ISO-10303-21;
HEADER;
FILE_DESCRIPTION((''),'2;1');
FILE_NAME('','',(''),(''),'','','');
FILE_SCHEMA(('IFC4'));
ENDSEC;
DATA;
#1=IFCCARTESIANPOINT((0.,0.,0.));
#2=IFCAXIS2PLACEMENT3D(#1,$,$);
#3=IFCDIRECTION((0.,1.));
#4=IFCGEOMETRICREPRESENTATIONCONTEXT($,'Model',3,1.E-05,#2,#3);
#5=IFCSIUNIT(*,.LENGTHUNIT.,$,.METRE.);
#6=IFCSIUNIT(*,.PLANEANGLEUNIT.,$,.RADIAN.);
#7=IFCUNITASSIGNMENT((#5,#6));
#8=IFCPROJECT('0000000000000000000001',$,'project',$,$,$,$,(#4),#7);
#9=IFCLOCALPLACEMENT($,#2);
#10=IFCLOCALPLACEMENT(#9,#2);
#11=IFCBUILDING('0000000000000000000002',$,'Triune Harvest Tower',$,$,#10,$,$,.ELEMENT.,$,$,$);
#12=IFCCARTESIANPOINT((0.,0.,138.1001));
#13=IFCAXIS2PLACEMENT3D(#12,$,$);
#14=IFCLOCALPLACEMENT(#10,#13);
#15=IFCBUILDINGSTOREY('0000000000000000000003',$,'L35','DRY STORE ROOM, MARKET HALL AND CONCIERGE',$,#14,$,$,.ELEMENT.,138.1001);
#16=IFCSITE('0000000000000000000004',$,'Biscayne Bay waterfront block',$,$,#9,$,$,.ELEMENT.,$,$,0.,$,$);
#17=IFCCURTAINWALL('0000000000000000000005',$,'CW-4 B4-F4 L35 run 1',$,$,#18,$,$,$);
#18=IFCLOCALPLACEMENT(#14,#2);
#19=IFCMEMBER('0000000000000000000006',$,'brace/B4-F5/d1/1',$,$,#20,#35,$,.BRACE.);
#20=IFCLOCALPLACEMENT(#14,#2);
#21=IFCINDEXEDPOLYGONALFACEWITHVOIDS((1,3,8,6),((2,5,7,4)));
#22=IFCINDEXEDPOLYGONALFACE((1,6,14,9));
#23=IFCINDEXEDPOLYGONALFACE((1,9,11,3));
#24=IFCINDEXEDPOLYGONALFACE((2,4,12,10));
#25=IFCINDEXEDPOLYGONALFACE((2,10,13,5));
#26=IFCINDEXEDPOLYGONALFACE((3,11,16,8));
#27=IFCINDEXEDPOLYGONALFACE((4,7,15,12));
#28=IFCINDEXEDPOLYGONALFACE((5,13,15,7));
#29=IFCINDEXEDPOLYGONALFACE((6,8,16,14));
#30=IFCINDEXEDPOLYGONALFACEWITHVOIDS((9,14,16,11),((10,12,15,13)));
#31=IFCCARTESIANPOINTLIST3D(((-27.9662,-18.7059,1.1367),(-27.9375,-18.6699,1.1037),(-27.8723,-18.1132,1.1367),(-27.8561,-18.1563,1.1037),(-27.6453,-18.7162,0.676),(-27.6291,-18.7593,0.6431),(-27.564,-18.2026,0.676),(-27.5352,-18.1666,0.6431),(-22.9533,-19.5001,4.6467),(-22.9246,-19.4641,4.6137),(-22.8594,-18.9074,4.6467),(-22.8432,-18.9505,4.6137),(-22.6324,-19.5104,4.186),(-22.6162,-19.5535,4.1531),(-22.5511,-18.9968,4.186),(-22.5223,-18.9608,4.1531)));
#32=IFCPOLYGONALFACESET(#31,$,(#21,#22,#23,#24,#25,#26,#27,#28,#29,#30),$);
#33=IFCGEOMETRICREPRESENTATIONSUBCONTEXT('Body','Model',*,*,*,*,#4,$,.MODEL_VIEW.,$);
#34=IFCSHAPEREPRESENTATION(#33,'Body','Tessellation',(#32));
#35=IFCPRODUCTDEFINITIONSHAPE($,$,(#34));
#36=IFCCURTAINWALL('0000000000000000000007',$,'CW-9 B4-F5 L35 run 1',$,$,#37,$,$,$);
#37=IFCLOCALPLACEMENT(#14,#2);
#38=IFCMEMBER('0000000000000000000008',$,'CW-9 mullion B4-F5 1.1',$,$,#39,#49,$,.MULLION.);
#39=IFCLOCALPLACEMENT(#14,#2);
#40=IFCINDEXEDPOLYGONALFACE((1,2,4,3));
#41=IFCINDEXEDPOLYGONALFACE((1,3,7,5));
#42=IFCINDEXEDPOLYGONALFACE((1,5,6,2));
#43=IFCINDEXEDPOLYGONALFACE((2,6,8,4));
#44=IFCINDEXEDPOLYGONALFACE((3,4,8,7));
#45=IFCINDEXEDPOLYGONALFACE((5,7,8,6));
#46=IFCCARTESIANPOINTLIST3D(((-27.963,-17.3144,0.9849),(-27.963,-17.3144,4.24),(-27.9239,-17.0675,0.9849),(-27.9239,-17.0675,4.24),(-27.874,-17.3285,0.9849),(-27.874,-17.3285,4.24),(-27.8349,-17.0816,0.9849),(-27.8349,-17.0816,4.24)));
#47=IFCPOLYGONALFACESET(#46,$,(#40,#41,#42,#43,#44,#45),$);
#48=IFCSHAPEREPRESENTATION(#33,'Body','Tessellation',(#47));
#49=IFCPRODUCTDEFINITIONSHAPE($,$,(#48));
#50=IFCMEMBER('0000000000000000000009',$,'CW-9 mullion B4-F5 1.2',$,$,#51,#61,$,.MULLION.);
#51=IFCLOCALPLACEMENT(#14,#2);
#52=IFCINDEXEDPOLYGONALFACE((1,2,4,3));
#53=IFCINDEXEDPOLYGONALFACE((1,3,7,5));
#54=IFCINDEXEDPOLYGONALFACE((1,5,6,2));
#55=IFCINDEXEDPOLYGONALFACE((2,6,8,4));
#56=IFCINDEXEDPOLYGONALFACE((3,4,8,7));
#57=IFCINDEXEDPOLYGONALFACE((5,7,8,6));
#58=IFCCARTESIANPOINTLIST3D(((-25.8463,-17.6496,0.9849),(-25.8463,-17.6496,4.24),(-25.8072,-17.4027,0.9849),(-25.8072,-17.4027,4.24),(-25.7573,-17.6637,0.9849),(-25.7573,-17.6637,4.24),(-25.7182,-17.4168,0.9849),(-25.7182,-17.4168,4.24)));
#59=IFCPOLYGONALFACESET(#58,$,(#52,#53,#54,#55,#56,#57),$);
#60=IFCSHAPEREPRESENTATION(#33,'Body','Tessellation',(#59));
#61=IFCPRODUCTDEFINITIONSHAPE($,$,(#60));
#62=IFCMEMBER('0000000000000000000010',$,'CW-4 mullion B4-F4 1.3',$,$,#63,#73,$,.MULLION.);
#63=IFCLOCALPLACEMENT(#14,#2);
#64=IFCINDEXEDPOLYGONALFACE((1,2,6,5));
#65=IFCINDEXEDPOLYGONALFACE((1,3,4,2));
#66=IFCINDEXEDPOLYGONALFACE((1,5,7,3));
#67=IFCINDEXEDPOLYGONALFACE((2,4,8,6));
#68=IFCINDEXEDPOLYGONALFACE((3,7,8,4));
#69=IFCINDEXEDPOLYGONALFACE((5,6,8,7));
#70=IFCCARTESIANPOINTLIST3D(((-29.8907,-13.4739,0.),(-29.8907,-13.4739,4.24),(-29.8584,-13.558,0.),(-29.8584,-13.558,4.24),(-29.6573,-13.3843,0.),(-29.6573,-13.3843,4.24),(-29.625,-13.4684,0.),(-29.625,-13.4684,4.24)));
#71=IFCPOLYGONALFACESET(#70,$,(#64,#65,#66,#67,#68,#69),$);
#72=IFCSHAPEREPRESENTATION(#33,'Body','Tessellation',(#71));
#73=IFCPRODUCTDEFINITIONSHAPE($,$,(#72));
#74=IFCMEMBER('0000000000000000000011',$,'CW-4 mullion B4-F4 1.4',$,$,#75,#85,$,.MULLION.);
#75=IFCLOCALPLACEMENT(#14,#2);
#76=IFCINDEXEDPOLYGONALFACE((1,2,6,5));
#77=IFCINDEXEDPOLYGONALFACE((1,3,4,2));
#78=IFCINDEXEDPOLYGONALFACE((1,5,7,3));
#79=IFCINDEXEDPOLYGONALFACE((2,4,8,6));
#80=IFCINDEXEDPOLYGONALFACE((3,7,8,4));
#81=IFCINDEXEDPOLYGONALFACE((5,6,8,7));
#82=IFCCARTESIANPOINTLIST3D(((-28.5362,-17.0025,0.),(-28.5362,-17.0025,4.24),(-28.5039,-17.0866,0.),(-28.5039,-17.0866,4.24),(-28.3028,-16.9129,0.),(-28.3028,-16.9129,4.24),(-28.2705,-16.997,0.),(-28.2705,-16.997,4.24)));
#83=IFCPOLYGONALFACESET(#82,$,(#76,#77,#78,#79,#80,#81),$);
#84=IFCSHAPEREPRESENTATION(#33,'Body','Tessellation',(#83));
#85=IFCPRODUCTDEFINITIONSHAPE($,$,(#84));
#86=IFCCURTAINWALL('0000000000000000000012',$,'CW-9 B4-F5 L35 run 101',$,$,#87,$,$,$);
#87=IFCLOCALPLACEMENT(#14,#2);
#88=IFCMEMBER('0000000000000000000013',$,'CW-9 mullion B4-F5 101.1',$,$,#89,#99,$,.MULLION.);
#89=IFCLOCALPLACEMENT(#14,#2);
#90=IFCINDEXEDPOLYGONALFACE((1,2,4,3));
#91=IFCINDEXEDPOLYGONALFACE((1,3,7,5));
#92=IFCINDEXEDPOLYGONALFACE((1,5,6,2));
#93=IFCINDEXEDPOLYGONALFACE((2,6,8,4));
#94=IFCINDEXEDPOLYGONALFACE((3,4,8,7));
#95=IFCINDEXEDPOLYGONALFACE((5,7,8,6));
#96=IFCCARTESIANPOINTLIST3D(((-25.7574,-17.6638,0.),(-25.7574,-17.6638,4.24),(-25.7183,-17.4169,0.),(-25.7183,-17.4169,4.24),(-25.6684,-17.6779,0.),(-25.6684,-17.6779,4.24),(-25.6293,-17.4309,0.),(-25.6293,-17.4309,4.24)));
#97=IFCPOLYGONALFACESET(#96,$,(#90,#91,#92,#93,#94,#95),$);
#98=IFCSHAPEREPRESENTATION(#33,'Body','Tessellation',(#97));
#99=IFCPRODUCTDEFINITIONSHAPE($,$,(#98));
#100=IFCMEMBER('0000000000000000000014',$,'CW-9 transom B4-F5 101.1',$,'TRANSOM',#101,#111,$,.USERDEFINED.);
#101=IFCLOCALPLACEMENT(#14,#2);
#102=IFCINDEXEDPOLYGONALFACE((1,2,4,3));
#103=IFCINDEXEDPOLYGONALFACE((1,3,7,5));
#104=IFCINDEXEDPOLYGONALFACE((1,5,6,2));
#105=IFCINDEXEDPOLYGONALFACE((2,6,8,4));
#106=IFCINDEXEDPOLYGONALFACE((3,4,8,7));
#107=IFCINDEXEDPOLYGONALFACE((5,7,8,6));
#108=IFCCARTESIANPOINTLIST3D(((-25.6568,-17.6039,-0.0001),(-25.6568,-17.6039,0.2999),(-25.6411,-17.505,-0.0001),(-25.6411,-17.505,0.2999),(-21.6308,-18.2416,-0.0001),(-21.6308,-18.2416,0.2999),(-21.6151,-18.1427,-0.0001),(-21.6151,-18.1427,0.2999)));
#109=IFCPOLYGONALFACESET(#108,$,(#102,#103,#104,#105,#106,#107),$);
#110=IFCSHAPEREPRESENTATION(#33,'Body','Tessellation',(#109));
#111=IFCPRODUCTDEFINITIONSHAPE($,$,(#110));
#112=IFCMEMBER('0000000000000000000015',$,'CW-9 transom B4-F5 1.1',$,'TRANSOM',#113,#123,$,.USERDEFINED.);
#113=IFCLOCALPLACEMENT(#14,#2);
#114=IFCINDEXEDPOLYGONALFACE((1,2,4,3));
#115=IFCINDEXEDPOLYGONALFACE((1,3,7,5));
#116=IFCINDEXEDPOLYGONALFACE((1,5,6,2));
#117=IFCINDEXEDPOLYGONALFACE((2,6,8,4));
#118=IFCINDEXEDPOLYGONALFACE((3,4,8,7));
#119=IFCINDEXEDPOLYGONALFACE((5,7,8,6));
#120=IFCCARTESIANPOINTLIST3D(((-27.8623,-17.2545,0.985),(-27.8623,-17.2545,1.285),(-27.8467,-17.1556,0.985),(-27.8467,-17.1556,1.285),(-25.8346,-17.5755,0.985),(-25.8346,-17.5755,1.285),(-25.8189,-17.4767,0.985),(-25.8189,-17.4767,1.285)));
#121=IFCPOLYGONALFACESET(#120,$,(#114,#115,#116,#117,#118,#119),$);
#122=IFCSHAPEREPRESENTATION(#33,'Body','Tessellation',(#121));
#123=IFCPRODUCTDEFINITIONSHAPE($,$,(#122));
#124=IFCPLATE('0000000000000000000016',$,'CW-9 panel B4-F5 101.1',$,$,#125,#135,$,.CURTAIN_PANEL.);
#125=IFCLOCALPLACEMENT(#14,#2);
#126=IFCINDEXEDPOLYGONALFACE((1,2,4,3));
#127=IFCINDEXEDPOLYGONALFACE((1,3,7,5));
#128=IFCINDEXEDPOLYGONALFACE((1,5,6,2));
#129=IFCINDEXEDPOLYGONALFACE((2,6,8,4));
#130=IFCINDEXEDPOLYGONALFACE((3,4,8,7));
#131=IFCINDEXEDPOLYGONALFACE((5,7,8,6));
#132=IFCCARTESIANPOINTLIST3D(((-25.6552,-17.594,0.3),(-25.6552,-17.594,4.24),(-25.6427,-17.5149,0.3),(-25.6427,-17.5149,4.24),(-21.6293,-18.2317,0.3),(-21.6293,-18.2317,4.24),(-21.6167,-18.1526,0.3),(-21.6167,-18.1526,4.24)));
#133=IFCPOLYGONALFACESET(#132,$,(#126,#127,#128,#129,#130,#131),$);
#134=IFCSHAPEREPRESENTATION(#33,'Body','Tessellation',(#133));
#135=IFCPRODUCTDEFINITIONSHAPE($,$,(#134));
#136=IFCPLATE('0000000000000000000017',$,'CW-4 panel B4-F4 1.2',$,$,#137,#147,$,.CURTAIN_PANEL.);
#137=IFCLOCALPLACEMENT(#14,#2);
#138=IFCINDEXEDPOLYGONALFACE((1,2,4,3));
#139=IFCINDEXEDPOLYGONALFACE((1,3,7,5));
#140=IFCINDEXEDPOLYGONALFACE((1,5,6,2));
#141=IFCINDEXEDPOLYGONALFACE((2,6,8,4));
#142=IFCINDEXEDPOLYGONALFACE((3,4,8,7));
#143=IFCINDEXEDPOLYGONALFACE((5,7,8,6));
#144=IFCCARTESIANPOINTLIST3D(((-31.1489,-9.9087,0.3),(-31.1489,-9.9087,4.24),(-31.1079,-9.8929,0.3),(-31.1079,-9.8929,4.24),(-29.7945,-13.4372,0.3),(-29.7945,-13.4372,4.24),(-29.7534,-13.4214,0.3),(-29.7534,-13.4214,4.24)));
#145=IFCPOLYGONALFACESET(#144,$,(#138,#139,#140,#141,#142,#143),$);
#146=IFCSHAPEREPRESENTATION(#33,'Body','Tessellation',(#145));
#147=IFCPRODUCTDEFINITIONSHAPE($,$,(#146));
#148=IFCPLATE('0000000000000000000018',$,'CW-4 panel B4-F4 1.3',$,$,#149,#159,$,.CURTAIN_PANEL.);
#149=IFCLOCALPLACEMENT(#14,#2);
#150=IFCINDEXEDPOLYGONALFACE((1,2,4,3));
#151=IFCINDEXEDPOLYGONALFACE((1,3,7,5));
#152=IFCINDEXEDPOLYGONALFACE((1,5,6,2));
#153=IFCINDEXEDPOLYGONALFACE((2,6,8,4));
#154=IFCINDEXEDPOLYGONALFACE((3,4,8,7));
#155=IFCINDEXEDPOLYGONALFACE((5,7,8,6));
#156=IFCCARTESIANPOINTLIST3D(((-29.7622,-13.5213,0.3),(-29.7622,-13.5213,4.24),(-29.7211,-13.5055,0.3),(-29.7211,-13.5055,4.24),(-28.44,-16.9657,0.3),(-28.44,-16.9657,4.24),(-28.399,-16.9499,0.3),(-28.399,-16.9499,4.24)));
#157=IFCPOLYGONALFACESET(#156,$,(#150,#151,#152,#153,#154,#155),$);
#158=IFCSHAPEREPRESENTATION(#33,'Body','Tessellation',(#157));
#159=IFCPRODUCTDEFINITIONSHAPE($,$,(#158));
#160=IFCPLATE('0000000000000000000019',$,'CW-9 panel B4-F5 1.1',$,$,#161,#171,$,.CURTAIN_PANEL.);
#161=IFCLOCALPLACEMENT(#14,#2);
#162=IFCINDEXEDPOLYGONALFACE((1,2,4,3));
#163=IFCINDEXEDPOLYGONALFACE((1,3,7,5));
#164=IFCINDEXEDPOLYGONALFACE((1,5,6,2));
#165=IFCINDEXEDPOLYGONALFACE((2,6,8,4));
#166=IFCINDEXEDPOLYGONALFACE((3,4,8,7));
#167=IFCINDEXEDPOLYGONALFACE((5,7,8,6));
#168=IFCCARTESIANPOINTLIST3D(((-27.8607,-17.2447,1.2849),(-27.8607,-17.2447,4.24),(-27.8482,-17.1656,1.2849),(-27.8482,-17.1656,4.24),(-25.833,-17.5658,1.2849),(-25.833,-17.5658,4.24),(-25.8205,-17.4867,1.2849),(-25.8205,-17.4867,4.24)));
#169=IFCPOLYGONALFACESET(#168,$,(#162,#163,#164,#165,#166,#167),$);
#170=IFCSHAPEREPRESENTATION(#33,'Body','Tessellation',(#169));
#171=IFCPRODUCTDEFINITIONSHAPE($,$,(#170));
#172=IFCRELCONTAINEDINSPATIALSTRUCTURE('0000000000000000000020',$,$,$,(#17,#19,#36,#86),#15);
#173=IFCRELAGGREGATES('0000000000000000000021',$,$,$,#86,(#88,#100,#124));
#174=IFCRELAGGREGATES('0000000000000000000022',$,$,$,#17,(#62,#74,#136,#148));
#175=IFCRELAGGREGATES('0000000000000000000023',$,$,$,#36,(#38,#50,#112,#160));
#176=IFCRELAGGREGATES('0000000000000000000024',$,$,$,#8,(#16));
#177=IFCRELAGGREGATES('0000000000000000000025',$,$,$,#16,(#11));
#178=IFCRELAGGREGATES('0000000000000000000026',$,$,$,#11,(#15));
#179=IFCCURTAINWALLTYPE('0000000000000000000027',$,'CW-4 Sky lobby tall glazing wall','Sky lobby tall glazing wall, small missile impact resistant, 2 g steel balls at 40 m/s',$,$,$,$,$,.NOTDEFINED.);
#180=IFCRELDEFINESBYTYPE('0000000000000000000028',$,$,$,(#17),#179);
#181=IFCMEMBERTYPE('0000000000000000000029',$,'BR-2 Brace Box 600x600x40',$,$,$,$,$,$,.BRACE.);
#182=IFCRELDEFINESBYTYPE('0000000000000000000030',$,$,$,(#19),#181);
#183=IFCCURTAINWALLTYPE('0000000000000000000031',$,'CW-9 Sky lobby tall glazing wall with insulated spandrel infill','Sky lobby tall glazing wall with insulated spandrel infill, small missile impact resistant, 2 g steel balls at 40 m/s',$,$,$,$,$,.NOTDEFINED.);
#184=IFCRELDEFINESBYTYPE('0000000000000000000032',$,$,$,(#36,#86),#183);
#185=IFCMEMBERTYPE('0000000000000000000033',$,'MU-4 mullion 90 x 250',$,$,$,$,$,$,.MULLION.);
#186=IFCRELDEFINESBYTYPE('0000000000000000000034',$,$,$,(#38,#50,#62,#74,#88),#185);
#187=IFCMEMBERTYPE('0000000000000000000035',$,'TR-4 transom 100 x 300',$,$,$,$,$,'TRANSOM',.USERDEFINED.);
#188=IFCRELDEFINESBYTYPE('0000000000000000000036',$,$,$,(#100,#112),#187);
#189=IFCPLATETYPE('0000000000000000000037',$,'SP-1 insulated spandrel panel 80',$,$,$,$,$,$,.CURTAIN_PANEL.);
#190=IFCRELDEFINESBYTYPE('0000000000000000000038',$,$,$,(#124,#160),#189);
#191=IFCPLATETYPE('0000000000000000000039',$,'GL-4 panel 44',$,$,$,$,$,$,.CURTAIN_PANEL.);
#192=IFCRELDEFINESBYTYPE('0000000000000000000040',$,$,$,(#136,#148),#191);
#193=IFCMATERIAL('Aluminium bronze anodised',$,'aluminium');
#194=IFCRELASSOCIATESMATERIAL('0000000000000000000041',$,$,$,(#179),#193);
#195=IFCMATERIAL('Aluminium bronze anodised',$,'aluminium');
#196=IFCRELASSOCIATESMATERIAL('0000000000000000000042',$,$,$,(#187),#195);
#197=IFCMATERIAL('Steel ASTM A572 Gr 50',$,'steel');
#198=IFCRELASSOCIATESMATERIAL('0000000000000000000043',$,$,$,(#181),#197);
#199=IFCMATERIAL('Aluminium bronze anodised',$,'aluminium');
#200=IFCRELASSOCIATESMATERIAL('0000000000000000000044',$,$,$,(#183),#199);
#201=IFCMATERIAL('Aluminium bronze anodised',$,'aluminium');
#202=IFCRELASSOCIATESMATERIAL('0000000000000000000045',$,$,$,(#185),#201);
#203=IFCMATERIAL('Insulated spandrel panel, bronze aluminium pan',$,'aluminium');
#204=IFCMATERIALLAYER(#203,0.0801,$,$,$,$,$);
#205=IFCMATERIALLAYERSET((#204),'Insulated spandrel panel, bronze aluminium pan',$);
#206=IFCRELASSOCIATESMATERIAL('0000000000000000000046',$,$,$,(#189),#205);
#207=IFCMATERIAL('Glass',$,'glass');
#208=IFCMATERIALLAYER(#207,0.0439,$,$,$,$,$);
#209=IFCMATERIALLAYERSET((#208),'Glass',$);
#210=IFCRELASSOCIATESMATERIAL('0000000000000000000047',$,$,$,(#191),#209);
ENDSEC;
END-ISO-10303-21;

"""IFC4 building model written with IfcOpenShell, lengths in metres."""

from ifc_helpers import new_model, si_unit, direction, frame, origin, origin_2d, place, context, subcontext, project, spatial, rectangle, hollow_rectangle, extrude, source, transform, mapped, material, layer, layer_set, material_profile, profile_set, type_object, element, aggregate, save


model = new_model("IFC4")

# Units and contexts
model_context = context("Model", 3, precision=1e-05, world=origin(), true_north=direction((0.0, 1.0)))
body_context = subcontext(model_context, "Body", "Model", "MODEL_VIEW")
ifc_project = project(units=[si_unit("LENGTHUNIT", "METRE"), si_unit("PLANEANGLEUNIT", "RADIAN")], contexts=[model_context])

# Site, building, storey
site_placement = place(None, origin())
site = spatial("IfcSite", under=ifc_project, at=site_placement, Name="Biscayne Bay waterfront block", CompositionType="ELEMENT", RefElevation=0.0)
building_placement = place(site_placement, origin())
building = spatial("IfcBuilding", under=site, at=building_placement, Name="Triune Harvest Tower", CompositionType="ELEMENT")
storey_placement = place(building_placement, frame((0.0, 0.0, 138.1001)))
storey = spatial("IfcBuildingStorey", under=building, at=storey_placement, Name="L35", Description="DRY STORE ROOM, MARKET HALL AND CONCIERGE", CompositionType="ELEMENT", Elevation=138.1001)

# Curtain wall
ifc_material_1 = material(Name="Aluminium bronze anodised", Category="aluminium")
curtain_wall_type_1 = type_object("IfcCurtainWallType", Name="CW-4 Sky lobby tall glazing wall", Description="Sky lobby tall glazing wall, small missile impact resistant, 2 g steel balls at 40 m/s", PredefinedType="NOTDEFINED", material=ifc_material_1)
curtain_wall_1_placement = place(storey_placement, origin())
curtain_wall_1 = element("IfcCurtainWall", 1, at=curtain_wall_1_placement, inside=storey, type_object=curtain_wall_type_1, Name="CW-4 B4-F4 L35 run 1")
ifc_material_2 = material(Name="Aluminium bronze anodised", Category="aluminium")
ifc_material_profile_1 = material_profile(ifc_material_2, rectangle(XDim=0.1001, YDim=0.3, at=origin_2d()), Name="TR-4 transom 100 x 300")
ifc_profile_set_1 = profile_set([ifc_material_profile_1], Name="Aluminium bronze anodised")
member_type_1 = type_object("IfcMemberType", Name="TR-4 transom 100 x 300", ElementType="TRANSOM", PredefinedType="USERDEFINED", material=ifc_profile_set_1)

# Member
ifc_material_3 = material(Name="Steel ASTM A572 Gr 50", Category="steel")
ifc_material_profile_2 = material_profile(ifc_material_3, hollow_rectangle(XDim=0.6001, YDim=0.6001, WallThickness=0.04, at=origin_2d()), Name="Box 600x600x40")
ifc_profile_set_2 = profile_set([ifc_material_profile_2], Name="Steel ASTM A572 Gr 50")
member_type_2 = type_object("IfcMemberType", Name="BR-2 Brace Box 600x600x40", PredefinedType="BRACE", material=ifc_profile_set_2)
shared_shape_1 = source(origin(), body_context, "Body", "SweptSolid", [
    extrude(hollow_rectangle(XDim=0.6001, YDim=0.6001, WallThickness=0.04, at=origin_2d()), origin(), (0.0, 0.0, 1.0), 6.1709),
])
member_1_placement = place(storey_placement, frame((-27.7507, -18.4363, 0.8899), z_axis=(0.812347, -0.128698, 0.568797), x_axis=(0.156476, 0.987682, 0.0)))
element("IfcMember", 2, at=member_1_placement, inside=storey, type_object=member_type_2, Name="brace/B4-F5/d1/1", PredefinedType="BRACE", context=body_context, shape_type="MappedRepresentation", body=[
    mapped(shared_shape_1, transform((0.0, 0.0, 0.0), scale=1.0)),
])

# Curtain wall, members
ifc_material_4 = material(Name="Aluminium bronze anodised", Category="aluminium")
curtain_wall_type_2 = type_object("IfcCurtainWallType", Name="CW-9 Sky lobby tall glazing wall with insulated spandrel infill", Description="Sky lobby tall glazing wall with insulated spandrel infill, small missile impact resistant, 2 g steel balls at 40 m/s", PredefinedType="NOTDEFINED", material=ifc_material_4)
curtain_wall_2_placement = place(storey_placement, origin())
curtain_wall_2 = element("IfcCurtainWall", 3, at=curtain_wall_2_placement, inside=storey, type_object=curtain_wall_type_2, Name="CW-9 B4-F5 L35 run 1")
ifc_material_5 = material(Name="Aluminium bronze anodised", Category="aluminium")
ifc_material_profile_3 = material_profile(ifc_material_5, rectangle(XDim=0.25, YDim=0.0901, at=origin_2d()), Name="MU-4 mullion 90 x 250")
ifc_profile_set_3 = profile_set([ifc_material_profile_3], Name="Aluminium bronze anodised")
member_type_3 = type_object("IfcMemberType", Name="MU-4 mullion 90 x 250", PredefinedType="MULLION", material=ifc_profile_set_3)
shared_shape_2 = source(origin(), body_context, "Body", "SweptSolid", [
    extrude(rectangle(XDim=0.25, YDim=0.0901, at=origin_2d()), origin(), (0.0, 0.0, 1.0), 3.2551),
])
member_2_placement = place(storey_placement, frame((-27.8989, -17.198, 0.9849), z_axis=(0.0, 0.0, 1.0), x_axis=(0.156427, 0.98769, 0.0)))
member_2 = element("IfcMember", 4, at=member_2_placement, type_object=member_type_3, Name="CW-9 mullion B4-F5 1.1", PredefinedType="MULLION", context=body_context, shape_type="MappedRepresentation", body=[
    mapped(shared_shape_2, transform((0.0, 0.0, 0.0), scale=1.0)),
])
member_3_placement = place(storey_placement, frame((-25.7822, -17.5332, 0.9849), z_axis=(0.0, 0.0, 1.0), x_axis=(0.156427, 0.98769, 0.0)))
member_3 = element("IfcMember", 5, at=member_3_placement, type_object=member_type_3, Name="CW-9 mullion B4-F5 1.2", PredefinedType="MULLION", context=body_context, shape_type="MappedRepresentation", body=[
    mapped(shared_shape_2, transform((0.0, 0.0, 0.0), scale=1.0)),
])

# Members
shared_shape_3 = source(origin(), body_context, "Body", "SweptSolid", [
    extrude(rectangle(XDim=0.25, YDim=0.0901, at=origin_2d()), origin(), (0.0, 0.0, 1.0), 4.24),
])
member_4_placement = place(storey_placement, frame((-29.7578, -13.4712, 0.0), z_axis=(0.0, 0.0, 1.0), x_axis=(0.93358, 0.358369, 0.0)))
member_4 = element("IfcMember", 6, at=member_4_placement, type_object=member_type_3, Name="CW-4 mullion B4-F4 1.3", PredefinedType="MULLION", context=body_context, shape_type="MappedRepresentation", body=[
    mapped(shared_shape_3, transform((0.0, 0.0, 0.0), scale=1.0)),
])
member_5_placement = place(storey_placement, frame((-28.4033, -16.9998, 0.0), z_axis=(0.0, 0.0, 1.0), x_axis=(0.93358, 0.358369, 0.0)))
member_5 = element("IfcMember", 7, at=member_5_placement, type_object=member_type_3, Name="CW-4 mullion B4-F4 1.4", PredefinedType="MULLION", context=body_context, shape_type="MappedRepresentation", body=[
    mapped(shared_shape_3, transform((0.0, 0.0, 0.0), scale=1.0)),
])

# Curtain wall, members
curtain_wall_3_placement = place(storey_placement, origin())
curtain_wall_3 = element("IfcCurtainWall", 8, at=curtain_wall_3_placement, inside=storey, type_object=curtain_wall_type_2, Name="CW-9 B4-F5 L35 run 101")
member_6_placement = place(storey_placement, frame((-25.6934, -17.5474, 0.0), z_axis=(0.0, 0.0, 1.0), x_axis=(0.156434, 0.987688, 0.0)))
member_6 = element("IfcMember", 9, at=member_6_placement, type_object=member_type_3, Name="CW-9 mullion B4-F5 101.1", PredefinedType="MULLION", context=body_context, shape_type="MappedRepresentation", body=[
    mapped(shared_shape_3, transform((0.0, 0.0, 0.0), scale=1.0)),
])
shared_shape_4 = source(origin(), body_context, "Body", "SweptSolid", [
    extrude(rectangle(XDim=0.1001, YDim=0.3, at=origin_2d()), origin(), (0.0, 0.0, 1.0), 4.0762),
])
member_7_placement = place(storey_placement, frame((-25.6489, -17.5544, 0.1499), z_axis=(0.987686, -0.156449, 0.0), x_axis=(0.156449, 0.987686, 0.0)))
member_7 = element("IfcMember", 10, at=member_7_placement, type_object=member_type_1, Name="CW-9 transom B4-F5 101.1", ObjectType="TRANSOM", PredefinedType="USERDEFINED", context=body_context, shape_type="MappedRepresentation", body=[
    mapped(shared_shape_4, transform((0.0, 0.0, 0.0), scale=1.0)),
])

# Member
shared_shape_5 = source(origin(), body_context, "Body", "SweptSolid", [
    extrude(rectangle(XDim=0.1001, YDim=0.3, at=origin_2d()), origin(), (0.0, 0.0, 1.0), 2.053),
])
member_8_placement = place(storey_placement, frame((-27.8545, -17.2051, 1.135), z_axis=(0.987698, -0.156372, 0.0), x_axis=(0.156372, 0.987698, 0.0)))
member_8 = element("IfcMember", 11, at=member_8_placement, type_object=member_type_1, Name="CW-9 transom B4-F5 1.1", ObjectType="TRANSOM", PredefinedType="USERDEFINED", context=body_context, shape_type="MappedRepresentation", body=[
    mapped(shared_shape_5, transform((0.0, 0.0, 0.0), scale=1.0)),
])

# Plates
ifc_material_6 = material(Name="Insulated spandrel panel, bronze aluminium pan", Category="aluminium")
ifc_layer_1 = layer(ifc_material_6, 0.0801)
ifc_layer_set_1 = layer_set([ifc_layer_1], Name="Insulated spandrel panel, bronze aluminium pan")
plate_type_1 = type_object("IfcPlateType", Name="SP-1 insulated spandrel panel 80", PredefinedType="CURTAIN_PANEL", material=ifc_layer_set_1)
shared_shape_6 = source(origin(), body_context, "Body", "SweptSolid", [
    extrude(rectangle(XDim=4.0762, YDim=0.0801, at=origin_2d()), origin(), (0.0, 0.0, 1.0), 3.9399),
])
plate_1_placement = place(storey_placement, frame((-23.636, -17.8733, 0.3), z_axis=(0.0, 0.0, 1.0), x_axis=(0.987688, -0.156434, 0.0)))
plate_1 = element("IfcPlate", 12, at=plate_1_placement, type_object=plate_type_1, Name="CW-9 panel B4-F5 101.1", PredefinedType="CURTAIN_PANEL", context=body_context, shape_type="MappedRepresentation", body=[
    mapped(shared_shape_6, transform((0.0, 0.0, 0.0), scale=1.0)),
])
aggregate(curtain_wall_3, [member_6, member_7, plate_1])
ifc_material_7 = material(Name="Glass", Category="glass")
ifc_layer_2 = layer(ifc_material_7, 0.0439)
ifc_layer_set_2 = layer_set([ifc_layer_2], Name="Glass")
plate_type_2 = type_object("IfcPlateType", Name="GL-4 panel 44", PredefinedType="CURTAIN_PANEL", material=ifc_layer_set_2)
shared_shape_7 = source(origin(), body_context, "Body", "SweptSolid", [
    extrude(rectangle(XDim=3.7795, YDim=0.0439, at=origin_2d()), origin(), (0.0, 0.0, 1.0), 3.9399),
])
plate_2_placement = place(storey_placement, frame((-30.4512, -11.665, 0.3), z_axis=(0.0, 0.0, 1.0), x_axis=(0.358369, -0.93358, 0.0)))
plate_2 = element("IfcPlate", 13, at=plate_2_placement, type_object=plate_type_2, Name="CW-4 panel B4-F4 1.2", PredefinedType="CURTAIN_PANEL", context=body_context, shape_type="MappedRepresentation", body=[
    mapped(shared_shape_7, transform((0.0, 0.0, 0.0), scale=1.0)),
])
shared_shape_8 = source(origin(), body_context, "Body", "SweptSolid", [
    extrude(rectangle(XDim=3.6895, YDim=0.0439, at=origin_2d()), origin(), (0.0, 0.0, 1.0), 3.9399),
])
plate_3_placement = place(storey_placement, frame((-29.0806, -15.2356, 0.3), z_axis=(0.0, 0.0, 1.0), x_axis=(0.358369, -0.93358, 0.0)))
plate_3 = element("IfcPlate", 14, at=plate_3_placement, type_object=plate_type_2, Name="CW-4 panel B4-F4 1.3", PredefinedType="CURTAIN_PANEL", context=body_context, shape_type="MappedRepresentation", body=[
    mapped(shared_shape_8, transform((0.0, 0.0, 0.0), scale=1.0)),
])
aggregate(curtain_wall_1, [member_4, member_5, plate_2, plate_3])
shared_shape_9 = source(origin(), body_context, "Body", "SweptSolid", [
    extrude(rectangle(XDim=2.053, YDim=0.0801, at=origin_2d()), origin(), (0.0, 0.0, 1.0), 2.9551),
])
plate_4_placement = place(storey_placement, frame((-26.8406, -17.3657, 1.2849), z_axis=(0.0, 0.0, 1.0), x_axis=(0.98769, -0.156427, 0.0)))
plate_4 = element("IfcPlate", 15, at=plate_4_placement, type_object=plate_type_1, Name="CW-9 panel B4-F5 1.1", PredefinedType="CURTAIN_PANEL", context=body_context, shape_type="MappedRepresentation", body=[
    mapped(shared_shape_9, transform((0.0, 0.0, 0.0), scale=1.0)),
])
aggregate(curtain_wall_2, [member_2, member_3, member_8, plate_4])

save(model, "model.ifc")
